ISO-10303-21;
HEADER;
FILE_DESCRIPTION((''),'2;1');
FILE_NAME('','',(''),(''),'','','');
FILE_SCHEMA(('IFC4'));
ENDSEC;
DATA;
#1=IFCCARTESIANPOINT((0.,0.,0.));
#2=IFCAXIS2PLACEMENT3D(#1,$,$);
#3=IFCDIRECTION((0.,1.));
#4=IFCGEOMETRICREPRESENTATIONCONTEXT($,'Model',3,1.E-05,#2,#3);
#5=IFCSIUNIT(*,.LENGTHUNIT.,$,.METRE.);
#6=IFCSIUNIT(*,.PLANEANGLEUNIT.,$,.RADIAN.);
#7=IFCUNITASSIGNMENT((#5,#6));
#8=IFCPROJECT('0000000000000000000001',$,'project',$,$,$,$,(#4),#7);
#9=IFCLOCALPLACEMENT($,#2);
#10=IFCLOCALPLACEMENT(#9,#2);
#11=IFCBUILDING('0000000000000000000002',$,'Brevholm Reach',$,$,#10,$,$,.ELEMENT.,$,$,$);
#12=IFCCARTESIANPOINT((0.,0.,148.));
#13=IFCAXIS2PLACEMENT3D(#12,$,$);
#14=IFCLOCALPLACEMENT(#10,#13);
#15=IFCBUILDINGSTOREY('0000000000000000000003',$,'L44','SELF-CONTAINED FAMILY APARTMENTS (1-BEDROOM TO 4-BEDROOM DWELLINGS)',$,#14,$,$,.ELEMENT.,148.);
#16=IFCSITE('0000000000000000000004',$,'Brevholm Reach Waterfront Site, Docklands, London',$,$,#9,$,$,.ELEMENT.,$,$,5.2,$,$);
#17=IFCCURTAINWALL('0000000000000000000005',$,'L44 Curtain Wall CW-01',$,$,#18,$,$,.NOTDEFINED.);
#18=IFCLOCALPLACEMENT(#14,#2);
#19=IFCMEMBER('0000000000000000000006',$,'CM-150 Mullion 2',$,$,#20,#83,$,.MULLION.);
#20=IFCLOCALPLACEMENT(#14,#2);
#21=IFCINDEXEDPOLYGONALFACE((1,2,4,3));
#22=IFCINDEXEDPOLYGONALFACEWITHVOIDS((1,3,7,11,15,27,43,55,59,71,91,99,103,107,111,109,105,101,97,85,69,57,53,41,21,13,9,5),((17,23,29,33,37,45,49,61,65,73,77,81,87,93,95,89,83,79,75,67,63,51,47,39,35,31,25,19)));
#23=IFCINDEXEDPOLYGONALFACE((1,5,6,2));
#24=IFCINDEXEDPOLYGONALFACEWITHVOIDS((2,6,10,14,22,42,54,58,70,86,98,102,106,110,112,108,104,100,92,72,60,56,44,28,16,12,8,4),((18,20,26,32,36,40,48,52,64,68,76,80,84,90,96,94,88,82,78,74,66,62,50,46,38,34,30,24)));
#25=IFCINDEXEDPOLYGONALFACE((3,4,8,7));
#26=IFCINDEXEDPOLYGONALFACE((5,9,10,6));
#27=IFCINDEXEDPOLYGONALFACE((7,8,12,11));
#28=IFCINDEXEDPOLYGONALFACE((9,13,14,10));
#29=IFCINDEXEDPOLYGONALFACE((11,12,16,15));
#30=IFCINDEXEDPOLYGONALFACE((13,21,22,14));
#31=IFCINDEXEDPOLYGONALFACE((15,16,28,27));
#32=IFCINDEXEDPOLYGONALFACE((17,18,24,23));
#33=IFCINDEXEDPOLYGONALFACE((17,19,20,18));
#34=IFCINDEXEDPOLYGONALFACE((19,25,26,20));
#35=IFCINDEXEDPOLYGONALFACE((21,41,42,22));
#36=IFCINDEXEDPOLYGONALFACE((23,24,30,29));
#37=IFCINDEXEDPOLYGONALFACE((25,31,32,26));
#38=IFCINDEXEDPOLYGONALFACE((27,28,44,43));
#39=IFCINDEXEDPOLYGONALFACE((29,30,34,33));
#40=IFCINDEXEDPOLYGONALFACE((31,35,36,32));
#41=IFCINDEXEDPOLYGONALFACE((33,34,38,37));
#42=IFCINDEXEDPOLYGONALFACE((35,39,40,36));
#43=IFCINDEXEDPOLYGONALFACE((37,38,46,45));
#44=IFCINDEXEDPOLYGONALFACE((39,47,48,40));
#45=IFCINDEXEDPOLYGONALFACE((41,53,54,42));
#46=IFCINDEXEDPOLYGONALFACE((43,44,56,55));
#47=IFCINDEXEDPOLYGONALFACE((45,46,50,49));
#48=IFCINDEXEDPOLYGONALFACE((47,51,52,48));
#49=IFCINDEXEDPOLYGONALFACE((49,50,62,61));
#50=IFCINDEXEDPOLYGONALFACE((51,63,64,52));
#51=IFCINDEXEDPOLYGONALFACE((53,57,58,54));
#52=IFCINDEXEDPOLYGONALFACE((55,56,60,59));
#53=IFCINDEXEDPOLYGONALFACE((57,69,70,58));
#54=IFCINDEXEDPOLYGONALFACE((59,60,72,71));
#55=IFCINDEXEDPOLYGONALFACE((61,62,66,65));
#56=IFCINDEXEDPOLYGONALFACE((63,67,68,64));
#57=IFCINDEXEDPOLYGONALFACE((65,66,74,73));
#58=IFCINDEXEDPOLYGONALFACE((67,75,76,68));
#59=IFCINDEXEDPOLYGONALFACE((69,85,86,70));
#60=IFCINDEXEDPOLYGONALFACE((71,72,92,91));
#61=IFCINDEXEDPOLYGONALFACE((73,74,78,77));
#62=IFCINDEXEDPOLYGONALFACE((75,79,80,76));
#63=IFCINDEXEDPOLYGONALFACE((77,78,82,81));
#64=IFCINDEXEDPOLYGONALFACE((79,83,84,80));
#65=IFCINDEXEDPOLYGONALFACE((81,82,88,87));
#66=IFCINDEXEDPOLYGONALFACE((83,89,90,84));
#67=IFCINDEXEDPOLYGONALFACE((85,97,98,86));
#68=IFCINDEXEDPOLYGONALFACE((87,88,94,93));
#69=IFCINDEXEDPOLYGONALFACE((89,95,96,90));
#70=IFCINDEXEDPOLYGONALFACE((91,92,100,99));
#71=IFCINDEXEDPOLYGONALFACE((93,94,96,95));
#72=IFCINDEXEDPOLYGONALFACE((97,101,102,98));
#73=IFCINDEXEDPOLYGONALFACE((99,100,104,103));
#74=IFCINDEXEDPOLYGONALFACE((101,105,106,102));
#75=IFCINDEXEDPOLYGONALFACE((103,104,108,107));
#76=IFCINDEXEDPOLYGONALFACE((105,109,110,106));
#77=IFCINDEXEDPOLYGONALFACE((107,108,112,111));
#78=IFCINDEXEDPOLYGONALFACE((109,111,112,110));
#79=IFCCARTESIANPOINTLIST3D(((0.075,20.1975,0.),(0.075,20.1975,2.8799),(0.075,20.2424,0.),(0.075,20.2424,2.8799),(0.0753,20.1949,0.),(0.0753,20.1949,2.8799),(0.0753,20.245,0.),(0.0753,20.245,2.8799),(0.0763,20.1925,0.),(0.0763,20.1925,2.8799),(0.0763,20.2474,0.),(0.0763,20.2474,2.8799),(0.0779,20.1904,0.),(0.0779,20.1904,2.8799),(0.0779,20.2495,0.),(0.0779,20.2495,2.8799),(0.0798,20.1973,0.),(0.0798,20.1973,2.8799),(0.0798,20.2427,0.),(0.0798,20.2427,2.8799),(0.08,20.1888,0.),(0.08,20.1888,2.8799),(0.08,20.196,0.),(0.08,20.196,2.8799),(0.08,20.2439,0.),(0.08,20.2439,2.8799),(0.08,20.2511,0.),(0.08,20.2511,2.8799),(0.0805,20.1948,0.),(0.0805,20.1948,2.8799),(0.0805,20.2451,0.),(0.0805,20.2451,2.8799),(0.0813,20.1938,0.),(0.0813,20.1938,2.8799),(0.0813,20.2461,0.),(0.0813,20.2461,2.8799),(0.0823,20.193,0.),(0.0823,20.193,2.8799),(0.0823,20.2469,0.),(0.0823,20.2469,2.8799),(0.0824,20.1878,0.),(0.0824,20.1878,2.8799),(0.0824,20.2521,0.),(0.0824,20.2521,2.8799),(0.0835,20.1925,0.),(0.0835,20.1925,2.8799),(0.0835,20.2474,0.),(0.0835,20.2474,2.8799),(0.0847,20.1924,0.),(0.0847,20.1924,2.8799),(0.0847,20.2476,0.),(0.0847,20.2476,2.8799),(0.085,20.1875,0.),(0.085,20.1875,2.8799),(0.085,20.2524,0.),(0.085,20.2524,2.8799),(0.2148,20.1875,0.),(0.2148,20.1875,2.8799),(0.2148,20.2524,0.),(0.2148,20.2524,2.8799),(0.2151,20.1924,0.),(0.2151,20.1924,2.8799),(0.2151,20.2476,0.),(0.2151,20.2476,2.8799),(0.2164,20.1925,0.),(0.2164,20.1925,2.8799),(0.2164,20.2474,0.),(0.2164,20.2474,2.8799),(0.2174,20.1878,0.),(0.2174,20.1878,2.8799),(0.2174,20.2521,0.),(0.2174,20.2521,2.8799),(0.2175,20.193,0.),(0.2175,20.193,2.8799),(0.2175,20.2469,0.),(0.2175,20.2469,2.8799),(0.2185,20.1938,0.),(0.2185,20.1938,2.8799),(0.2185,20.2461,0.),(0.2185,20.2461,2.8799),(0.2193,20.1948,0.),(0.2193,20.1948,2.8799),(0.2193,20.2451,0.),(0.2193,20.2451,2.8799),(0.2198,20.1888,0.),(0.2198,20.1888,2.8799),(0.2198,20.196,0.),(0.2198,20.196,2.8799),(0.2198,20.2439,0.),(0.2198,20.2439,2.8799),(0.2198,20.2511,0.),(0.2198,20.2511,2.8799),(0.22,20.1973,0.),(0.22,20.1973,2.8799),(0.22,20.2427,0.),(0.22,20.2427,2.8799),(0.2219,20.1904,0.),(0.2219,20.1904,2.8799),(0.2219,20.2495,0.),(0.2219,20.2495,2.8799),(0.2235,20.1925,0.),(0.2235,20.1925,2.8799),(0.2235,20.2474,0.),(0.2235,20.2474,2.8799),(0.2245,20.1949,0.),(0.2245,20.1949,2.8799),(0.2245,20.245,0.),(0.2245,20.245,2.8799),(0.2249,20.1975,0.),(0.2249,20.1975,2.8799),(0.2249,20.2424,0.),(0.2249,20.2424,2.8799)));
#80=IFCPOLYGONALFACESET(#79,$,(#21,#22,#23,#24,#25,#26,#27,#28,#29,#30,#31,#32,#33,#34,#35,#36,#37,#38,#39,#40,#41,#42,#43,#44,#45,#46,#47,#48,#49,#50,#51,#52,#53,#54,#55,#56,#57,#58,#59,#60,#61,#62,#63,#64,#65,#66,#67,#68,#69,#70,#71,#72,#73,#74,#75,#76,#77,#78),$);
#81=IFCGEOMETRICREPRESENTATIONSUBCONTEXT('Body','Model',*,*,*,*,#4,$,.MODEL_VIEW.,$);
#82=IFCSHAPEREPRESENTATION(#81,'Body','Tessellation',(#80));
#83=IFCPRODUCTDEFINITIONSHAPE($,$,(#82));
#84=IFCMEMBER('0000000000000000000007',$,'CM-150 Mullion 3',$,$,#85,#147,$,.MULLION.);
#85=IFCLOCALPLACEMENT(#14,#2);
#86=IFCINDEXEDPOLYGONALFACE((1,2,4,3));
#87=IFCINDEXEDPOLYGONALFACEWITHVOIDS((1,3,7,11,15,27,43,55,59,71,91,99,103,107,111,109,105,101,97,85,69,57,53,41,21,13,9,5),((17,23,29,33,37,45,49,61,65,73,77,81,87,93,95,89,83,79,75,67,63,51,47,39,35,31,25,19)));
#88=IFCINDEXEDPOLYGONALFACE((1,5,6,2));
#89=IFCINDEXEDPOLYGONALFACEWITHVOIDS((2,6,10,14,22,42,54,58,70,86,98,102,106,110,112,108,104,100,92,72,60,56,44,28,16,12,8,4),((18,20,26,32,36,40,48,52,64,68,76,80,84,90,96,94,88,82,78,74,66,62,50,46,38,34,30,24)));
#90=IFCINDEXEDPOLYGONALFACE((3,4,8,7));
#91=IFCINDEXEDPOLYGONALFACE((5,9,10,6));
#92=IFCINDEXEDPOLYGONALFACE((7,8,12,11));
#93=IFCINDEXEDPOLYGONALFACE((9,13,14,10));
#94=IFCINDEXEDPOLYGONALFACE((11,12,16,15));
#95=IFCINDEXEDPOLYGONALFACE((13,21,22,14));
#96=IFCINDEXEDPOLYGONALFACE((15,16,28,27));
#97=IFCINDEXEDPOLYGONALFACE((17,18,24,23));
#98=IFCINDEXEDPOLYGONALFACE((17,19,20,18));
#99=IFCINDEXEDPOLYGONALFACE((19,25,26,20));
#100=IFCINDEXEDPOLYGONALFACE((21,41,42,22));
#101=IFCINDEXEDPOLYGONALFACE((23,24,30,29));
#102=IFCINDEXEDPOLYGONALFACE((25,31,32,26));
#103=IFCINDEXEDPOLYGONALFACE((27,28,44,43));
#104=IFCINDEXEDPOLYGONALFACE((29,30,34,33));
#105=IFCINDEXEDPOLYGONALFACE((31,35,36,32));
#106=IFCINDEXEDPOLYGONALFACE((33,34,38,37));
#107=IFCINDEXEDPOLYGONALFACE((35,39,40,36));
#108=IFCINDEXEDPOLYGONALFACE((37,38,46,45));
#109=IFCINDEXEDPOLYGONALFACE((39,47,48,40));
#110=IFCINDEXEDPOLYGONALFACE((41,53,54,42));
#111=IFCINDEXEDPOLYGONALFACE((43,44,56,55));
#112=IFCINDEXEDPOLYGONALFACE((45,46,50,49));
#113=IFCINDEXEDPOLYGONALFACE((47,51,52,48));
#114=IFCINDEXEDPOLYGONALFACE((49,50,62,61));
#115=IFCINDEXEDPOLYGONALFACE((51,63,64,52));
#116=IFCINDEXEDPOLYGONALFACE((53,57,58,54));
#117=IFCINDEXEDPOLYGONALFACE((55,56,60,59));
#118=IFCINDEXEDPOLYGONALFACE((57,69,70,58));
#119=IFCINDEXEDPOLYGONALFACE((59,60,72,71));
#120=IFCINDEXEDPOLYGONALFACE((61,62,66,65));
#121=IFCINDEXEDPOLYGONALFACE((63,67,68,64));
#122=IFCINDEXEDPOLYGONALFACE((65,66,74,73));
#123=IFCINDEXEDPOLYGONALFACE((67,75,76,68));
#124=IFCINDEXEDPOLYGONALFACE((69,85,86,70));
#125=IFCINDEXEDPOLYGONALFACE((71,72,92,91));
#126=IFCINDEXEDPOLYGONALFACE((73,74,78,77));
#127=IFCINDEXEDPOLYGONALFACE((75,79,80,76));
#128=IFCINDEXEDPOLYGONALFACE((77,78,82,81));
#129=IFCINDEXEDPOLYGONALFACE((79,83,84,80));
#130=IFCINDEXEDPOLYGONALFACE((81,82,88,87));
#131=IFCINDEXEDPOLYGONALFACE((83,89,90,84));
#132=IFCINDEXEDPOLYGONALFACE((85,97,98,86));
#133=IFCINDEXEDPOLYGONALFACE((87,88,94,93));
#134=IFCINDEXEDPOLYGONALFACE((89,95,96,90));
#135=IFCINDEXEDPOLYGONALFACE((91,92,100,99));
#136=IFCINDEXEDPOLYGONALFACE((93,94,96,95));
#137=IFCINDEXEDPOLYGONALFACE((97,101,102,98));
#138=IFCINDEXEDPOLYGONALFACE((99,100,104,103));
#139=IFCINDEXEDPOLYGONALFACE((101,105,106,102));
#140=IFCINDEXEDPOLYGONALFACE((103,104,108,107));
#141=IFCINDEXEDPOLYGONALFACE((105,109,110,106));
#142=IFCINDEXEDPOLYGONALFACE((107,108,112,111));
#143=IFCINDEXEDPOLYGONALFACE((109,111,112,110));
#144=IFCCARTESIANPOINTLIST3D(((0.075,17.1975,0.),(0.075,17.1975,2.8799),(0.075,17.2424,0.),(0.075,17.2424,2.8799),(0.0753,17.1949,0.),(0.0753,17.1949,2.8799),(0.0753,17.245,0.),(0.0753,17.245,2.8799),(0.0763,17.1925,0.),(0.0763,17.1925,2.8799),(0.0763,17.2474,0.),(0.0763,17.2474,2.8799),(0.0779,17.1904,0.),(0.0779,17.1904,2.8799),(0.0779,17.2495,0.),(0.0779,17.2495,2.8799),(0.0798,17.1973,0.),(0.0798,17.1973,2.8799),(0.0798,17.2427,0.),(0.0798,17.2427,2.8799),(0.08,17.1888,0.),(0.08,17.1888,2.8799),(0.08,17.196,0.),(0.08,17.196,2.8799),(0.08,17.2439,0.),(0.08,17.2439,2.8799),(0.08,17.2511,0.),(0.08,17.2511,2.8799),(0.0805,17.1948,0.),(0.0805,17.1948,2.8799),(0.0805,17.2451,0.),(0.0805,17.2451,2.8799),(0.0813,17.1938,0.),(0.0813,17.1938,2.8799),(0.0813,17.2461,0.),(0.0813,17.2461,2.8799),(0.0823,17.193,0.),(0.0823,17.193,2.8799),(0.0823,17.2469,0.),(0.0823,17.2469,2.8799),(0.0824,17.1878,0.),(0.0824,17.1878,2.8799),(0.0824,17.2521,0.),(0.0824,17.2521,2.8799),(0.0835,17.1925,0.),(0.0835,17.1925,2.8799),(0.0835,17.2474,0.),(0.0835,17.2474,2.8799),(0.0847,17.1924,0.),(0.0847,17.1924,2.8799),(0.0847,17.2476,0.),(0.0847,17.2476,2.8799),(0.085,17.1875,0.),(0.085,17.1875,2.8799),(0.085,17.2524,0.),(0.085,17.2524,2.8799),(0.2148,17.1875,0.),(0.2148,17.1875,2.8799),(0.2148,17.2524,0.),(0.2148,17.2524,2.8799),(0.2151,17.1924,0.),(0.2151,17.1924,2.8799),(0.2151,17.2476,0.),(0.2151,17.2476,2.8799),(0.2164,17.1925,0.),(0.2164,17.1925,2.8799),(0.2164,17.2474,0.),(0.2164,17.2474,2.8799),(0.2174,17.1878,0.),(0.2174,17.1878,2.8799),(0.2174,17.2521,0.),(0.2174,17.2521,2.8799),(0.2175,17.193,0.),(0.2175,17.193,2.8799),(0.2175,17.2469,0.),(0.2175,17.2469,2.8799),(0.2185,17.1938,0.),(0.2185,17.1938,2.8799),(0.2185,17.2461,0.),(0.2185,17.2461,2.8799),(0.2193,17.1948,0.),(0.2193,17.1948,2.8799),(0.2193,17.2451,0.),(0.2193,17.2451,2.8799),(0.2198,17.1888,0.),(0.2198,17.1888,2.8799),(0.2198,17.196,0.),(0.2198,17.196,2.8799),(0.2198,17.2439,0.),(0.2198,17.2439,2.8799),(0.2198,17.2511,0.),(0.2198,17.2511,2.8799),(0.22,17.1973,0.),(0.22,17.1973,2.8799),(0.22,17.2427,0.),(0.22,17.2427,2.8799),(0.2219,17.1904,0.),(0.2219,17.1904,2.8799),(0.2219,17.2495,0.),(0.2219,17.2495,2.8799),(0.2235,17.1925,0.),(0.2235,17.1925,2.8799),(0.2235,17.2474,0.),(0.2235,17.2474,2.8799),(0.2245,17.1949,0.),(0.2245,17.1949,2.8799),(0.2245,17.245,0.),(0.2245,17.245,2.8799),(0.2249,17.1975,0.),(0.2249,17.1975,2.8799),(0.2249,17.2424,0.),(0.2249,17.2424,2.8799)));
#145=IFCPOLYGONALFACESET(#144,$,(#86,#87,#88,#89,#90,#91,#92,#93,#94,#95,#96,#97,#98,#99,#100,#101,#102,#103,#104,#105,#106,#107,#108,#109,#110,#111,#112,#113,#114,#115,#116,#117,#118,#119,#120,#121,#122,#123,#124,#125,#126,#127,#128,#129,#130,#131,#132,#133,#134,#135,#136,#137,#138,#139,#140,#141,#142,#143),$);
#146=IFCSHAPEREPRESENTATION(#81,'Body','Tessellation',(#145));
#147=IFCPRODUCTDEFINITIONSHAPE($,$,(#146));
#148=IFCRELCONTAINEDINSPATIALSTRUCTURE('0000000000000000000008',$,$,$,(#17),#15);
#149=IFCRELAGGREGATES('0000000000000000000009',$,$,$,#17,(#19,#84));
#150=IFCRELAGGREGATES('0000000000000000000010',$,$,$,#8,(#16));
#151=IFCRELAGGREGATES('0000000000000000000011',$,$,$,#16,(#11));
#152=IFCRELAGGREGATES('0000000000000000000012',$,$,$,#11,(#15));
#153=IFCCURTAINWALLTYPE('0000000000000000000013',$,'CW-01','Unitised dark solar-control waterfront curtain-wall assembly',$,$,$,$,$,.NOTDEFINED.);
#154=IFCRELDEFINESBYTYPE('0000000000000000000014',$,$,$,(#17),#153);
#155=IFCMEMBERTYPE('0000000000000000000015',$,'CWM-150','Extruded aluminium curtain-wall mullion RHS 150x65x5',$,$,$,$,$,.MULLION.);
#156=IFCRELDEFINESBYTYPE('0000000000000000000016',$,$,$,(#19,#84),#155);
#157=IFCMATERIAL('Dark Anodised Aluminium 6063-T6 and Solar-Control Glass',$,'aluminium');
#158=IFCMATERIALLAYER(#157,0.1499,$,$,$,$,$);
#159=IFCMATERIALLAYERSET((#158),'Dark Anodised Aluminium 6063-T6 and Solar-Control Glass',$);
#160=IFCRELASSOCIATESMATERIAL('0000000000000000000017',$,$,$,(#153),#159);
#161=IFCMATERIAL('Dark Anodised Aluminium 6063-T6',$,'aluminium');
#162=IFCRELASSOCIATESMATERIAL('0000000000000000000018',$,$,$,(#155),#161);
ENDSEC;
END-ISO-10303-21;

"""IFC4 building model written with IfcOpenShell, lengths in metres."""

from ifc_helpers import new_model, si_unit, direction, frame, origin, origin_2d, place, context, subcontext, project, spatial, hollow_rectangle, extrude, material, layer, layer_set, material_profile, profile_set, type_object, element, aggregate, save


model = new_model("IFC4")

# Units and contexts
model_context = context("Model", 3, precision=1e-05, world=origin(), true_north=direction((0.0, 1.0)))
body_context = subcontext(model_context, "Body", "Model", "MODEL_VIEW")
ifc_project = project(units=[si_unit("LENGTHUNIT", "METRE"), si_unit("PLANEANGLEUNIT", "RADIAN")], contexts=[model_context])

# Site, building, storey
site_placement = place(None, origin())
site = spatial("IfcSite", under=ifc_project, at=site_placement, Name="Brevholm Reach Waterfront Site, Docklands, London", CompositionType="ELEMENT", RefElevation=5.2)
building_placement = place(site_placement, origin())
building = spatial("IfcBuilding", under=site, at=building_placement, Name="Brevholm Reach", CompositionType="ELEMENT")
storey_placement = place(building_placement, frame((0.0, 0.0, 148.0)))
storey = spatial("IfcBuildingStorey", under=building, at=storey_placement, Name="L44", Description="SELF-CONTAINED FAMILY APARTMENTS (1-BEDROOM TO 4-BEDROOM DWELLINGS)", CompositionType="ELEMENT", Elevation=148.0)

# Curtain wall, members
ifc_material_1 = material(Name="Dark Anodised Aluminium 6063-T6 and Solar-Control Glass", Category="aluminium")
ifc_layer_1 = layer(ifc_material_1, 0.1499)
ifc_layer_set_1 = layer_set([ifc_layer_1], Name="Dark Anodised Aluminium 6063-T6 and Solar-Control Glass")
curtain_wall_type = type_object("IfcCurtainWallType", Name="CW-01", Description="Unitised dark solar-control waterfront curtain-wall assembly", PredefinedType="NOTDEFINED", material=ifc_layer_set_1)
curtain_wall_placement = place(storey_placement, origin())
curtain_wall = element("IfcCurtainWall", 1, at=curtain_wall_placement, inside=storey, type_object=curtain_wall_type, Name="L44 Curtain Wall CW-01", PredefinedType="NOTDEFINED")
ifc_material_2 = material(Name="Dark Anodised Aluminium 6063-T6", Category="aluminium")
ifc_material_profile_1 = material_profile(ifc_material_2, hollow_rectangle(XDim=0.0649, YDim=0.1499, WallThickness=0.0049, InnerFilletRadius=0.0049, OuterFilletRadius=0.01, at=origin_2d()), Name="RHS 150x65x5")
ifc_profile_set_1 = profile_set([ifc_material_profile_1], Name="Dark Anodised Aluminium 6063-T6")
member_type_1 = type_object("IfcMemberType", Name="CWM-150", Description="Extruded aluminium curtain-wall mullion RHS 150x65x5", PredefinedType="MULLION", material=ifc_profile_set_1)
member_1_placement = place(storey_placement, frame((0.1499, 20.22, 0.0), z_axis=(0.0, 0.0, 1.0), x_axis=(0.0, -1.0, 0.0)))
member_1 = element("IfcMember", 2, at=member_1_placement, type_object=member_type_1, Name="CM-150 Mullion 2", PredefinedType="MULLION", context=body_context, shape_type="SweptSolid", body=[
    extrude(hollow_rectangle(XDim=0.0649, YDim=0.1499, WallThickness=0.0049, InnerFilletRadius=0.0049, OuterFilletRadius=0.01, at=origin_2d()), origin(), (0.0, 0.0, 1.0), 2.8799),
])
member_2_placement = place(storey_placement, frame((0.1499, 17.22, 0.0), z_axis=(0.0, 0.0, 1.0), x_axis=(0.0, -1.0, 0.0)))
member_2 = element("IfcMember", 3, at=member_2_placement, type_object=member_type_1, Name="CM-150 Mullion 3", PredefinedType="MULLION", context=body_context, shape_type="SweptSolid", body=[
    extrude(hollow_rectangle(XDim=0.0649, YDim=0.1499, WallThickness=0.0049, InnerFilletRadius=0.0049, OuterFilletRadius=0.01, at=origin_2d()), origin(), (0.0, 0.0, 1.0), 2.8799),
])
aggregate(curtain_wall, [member_1, member_2])

save(model, "model.ifc")
